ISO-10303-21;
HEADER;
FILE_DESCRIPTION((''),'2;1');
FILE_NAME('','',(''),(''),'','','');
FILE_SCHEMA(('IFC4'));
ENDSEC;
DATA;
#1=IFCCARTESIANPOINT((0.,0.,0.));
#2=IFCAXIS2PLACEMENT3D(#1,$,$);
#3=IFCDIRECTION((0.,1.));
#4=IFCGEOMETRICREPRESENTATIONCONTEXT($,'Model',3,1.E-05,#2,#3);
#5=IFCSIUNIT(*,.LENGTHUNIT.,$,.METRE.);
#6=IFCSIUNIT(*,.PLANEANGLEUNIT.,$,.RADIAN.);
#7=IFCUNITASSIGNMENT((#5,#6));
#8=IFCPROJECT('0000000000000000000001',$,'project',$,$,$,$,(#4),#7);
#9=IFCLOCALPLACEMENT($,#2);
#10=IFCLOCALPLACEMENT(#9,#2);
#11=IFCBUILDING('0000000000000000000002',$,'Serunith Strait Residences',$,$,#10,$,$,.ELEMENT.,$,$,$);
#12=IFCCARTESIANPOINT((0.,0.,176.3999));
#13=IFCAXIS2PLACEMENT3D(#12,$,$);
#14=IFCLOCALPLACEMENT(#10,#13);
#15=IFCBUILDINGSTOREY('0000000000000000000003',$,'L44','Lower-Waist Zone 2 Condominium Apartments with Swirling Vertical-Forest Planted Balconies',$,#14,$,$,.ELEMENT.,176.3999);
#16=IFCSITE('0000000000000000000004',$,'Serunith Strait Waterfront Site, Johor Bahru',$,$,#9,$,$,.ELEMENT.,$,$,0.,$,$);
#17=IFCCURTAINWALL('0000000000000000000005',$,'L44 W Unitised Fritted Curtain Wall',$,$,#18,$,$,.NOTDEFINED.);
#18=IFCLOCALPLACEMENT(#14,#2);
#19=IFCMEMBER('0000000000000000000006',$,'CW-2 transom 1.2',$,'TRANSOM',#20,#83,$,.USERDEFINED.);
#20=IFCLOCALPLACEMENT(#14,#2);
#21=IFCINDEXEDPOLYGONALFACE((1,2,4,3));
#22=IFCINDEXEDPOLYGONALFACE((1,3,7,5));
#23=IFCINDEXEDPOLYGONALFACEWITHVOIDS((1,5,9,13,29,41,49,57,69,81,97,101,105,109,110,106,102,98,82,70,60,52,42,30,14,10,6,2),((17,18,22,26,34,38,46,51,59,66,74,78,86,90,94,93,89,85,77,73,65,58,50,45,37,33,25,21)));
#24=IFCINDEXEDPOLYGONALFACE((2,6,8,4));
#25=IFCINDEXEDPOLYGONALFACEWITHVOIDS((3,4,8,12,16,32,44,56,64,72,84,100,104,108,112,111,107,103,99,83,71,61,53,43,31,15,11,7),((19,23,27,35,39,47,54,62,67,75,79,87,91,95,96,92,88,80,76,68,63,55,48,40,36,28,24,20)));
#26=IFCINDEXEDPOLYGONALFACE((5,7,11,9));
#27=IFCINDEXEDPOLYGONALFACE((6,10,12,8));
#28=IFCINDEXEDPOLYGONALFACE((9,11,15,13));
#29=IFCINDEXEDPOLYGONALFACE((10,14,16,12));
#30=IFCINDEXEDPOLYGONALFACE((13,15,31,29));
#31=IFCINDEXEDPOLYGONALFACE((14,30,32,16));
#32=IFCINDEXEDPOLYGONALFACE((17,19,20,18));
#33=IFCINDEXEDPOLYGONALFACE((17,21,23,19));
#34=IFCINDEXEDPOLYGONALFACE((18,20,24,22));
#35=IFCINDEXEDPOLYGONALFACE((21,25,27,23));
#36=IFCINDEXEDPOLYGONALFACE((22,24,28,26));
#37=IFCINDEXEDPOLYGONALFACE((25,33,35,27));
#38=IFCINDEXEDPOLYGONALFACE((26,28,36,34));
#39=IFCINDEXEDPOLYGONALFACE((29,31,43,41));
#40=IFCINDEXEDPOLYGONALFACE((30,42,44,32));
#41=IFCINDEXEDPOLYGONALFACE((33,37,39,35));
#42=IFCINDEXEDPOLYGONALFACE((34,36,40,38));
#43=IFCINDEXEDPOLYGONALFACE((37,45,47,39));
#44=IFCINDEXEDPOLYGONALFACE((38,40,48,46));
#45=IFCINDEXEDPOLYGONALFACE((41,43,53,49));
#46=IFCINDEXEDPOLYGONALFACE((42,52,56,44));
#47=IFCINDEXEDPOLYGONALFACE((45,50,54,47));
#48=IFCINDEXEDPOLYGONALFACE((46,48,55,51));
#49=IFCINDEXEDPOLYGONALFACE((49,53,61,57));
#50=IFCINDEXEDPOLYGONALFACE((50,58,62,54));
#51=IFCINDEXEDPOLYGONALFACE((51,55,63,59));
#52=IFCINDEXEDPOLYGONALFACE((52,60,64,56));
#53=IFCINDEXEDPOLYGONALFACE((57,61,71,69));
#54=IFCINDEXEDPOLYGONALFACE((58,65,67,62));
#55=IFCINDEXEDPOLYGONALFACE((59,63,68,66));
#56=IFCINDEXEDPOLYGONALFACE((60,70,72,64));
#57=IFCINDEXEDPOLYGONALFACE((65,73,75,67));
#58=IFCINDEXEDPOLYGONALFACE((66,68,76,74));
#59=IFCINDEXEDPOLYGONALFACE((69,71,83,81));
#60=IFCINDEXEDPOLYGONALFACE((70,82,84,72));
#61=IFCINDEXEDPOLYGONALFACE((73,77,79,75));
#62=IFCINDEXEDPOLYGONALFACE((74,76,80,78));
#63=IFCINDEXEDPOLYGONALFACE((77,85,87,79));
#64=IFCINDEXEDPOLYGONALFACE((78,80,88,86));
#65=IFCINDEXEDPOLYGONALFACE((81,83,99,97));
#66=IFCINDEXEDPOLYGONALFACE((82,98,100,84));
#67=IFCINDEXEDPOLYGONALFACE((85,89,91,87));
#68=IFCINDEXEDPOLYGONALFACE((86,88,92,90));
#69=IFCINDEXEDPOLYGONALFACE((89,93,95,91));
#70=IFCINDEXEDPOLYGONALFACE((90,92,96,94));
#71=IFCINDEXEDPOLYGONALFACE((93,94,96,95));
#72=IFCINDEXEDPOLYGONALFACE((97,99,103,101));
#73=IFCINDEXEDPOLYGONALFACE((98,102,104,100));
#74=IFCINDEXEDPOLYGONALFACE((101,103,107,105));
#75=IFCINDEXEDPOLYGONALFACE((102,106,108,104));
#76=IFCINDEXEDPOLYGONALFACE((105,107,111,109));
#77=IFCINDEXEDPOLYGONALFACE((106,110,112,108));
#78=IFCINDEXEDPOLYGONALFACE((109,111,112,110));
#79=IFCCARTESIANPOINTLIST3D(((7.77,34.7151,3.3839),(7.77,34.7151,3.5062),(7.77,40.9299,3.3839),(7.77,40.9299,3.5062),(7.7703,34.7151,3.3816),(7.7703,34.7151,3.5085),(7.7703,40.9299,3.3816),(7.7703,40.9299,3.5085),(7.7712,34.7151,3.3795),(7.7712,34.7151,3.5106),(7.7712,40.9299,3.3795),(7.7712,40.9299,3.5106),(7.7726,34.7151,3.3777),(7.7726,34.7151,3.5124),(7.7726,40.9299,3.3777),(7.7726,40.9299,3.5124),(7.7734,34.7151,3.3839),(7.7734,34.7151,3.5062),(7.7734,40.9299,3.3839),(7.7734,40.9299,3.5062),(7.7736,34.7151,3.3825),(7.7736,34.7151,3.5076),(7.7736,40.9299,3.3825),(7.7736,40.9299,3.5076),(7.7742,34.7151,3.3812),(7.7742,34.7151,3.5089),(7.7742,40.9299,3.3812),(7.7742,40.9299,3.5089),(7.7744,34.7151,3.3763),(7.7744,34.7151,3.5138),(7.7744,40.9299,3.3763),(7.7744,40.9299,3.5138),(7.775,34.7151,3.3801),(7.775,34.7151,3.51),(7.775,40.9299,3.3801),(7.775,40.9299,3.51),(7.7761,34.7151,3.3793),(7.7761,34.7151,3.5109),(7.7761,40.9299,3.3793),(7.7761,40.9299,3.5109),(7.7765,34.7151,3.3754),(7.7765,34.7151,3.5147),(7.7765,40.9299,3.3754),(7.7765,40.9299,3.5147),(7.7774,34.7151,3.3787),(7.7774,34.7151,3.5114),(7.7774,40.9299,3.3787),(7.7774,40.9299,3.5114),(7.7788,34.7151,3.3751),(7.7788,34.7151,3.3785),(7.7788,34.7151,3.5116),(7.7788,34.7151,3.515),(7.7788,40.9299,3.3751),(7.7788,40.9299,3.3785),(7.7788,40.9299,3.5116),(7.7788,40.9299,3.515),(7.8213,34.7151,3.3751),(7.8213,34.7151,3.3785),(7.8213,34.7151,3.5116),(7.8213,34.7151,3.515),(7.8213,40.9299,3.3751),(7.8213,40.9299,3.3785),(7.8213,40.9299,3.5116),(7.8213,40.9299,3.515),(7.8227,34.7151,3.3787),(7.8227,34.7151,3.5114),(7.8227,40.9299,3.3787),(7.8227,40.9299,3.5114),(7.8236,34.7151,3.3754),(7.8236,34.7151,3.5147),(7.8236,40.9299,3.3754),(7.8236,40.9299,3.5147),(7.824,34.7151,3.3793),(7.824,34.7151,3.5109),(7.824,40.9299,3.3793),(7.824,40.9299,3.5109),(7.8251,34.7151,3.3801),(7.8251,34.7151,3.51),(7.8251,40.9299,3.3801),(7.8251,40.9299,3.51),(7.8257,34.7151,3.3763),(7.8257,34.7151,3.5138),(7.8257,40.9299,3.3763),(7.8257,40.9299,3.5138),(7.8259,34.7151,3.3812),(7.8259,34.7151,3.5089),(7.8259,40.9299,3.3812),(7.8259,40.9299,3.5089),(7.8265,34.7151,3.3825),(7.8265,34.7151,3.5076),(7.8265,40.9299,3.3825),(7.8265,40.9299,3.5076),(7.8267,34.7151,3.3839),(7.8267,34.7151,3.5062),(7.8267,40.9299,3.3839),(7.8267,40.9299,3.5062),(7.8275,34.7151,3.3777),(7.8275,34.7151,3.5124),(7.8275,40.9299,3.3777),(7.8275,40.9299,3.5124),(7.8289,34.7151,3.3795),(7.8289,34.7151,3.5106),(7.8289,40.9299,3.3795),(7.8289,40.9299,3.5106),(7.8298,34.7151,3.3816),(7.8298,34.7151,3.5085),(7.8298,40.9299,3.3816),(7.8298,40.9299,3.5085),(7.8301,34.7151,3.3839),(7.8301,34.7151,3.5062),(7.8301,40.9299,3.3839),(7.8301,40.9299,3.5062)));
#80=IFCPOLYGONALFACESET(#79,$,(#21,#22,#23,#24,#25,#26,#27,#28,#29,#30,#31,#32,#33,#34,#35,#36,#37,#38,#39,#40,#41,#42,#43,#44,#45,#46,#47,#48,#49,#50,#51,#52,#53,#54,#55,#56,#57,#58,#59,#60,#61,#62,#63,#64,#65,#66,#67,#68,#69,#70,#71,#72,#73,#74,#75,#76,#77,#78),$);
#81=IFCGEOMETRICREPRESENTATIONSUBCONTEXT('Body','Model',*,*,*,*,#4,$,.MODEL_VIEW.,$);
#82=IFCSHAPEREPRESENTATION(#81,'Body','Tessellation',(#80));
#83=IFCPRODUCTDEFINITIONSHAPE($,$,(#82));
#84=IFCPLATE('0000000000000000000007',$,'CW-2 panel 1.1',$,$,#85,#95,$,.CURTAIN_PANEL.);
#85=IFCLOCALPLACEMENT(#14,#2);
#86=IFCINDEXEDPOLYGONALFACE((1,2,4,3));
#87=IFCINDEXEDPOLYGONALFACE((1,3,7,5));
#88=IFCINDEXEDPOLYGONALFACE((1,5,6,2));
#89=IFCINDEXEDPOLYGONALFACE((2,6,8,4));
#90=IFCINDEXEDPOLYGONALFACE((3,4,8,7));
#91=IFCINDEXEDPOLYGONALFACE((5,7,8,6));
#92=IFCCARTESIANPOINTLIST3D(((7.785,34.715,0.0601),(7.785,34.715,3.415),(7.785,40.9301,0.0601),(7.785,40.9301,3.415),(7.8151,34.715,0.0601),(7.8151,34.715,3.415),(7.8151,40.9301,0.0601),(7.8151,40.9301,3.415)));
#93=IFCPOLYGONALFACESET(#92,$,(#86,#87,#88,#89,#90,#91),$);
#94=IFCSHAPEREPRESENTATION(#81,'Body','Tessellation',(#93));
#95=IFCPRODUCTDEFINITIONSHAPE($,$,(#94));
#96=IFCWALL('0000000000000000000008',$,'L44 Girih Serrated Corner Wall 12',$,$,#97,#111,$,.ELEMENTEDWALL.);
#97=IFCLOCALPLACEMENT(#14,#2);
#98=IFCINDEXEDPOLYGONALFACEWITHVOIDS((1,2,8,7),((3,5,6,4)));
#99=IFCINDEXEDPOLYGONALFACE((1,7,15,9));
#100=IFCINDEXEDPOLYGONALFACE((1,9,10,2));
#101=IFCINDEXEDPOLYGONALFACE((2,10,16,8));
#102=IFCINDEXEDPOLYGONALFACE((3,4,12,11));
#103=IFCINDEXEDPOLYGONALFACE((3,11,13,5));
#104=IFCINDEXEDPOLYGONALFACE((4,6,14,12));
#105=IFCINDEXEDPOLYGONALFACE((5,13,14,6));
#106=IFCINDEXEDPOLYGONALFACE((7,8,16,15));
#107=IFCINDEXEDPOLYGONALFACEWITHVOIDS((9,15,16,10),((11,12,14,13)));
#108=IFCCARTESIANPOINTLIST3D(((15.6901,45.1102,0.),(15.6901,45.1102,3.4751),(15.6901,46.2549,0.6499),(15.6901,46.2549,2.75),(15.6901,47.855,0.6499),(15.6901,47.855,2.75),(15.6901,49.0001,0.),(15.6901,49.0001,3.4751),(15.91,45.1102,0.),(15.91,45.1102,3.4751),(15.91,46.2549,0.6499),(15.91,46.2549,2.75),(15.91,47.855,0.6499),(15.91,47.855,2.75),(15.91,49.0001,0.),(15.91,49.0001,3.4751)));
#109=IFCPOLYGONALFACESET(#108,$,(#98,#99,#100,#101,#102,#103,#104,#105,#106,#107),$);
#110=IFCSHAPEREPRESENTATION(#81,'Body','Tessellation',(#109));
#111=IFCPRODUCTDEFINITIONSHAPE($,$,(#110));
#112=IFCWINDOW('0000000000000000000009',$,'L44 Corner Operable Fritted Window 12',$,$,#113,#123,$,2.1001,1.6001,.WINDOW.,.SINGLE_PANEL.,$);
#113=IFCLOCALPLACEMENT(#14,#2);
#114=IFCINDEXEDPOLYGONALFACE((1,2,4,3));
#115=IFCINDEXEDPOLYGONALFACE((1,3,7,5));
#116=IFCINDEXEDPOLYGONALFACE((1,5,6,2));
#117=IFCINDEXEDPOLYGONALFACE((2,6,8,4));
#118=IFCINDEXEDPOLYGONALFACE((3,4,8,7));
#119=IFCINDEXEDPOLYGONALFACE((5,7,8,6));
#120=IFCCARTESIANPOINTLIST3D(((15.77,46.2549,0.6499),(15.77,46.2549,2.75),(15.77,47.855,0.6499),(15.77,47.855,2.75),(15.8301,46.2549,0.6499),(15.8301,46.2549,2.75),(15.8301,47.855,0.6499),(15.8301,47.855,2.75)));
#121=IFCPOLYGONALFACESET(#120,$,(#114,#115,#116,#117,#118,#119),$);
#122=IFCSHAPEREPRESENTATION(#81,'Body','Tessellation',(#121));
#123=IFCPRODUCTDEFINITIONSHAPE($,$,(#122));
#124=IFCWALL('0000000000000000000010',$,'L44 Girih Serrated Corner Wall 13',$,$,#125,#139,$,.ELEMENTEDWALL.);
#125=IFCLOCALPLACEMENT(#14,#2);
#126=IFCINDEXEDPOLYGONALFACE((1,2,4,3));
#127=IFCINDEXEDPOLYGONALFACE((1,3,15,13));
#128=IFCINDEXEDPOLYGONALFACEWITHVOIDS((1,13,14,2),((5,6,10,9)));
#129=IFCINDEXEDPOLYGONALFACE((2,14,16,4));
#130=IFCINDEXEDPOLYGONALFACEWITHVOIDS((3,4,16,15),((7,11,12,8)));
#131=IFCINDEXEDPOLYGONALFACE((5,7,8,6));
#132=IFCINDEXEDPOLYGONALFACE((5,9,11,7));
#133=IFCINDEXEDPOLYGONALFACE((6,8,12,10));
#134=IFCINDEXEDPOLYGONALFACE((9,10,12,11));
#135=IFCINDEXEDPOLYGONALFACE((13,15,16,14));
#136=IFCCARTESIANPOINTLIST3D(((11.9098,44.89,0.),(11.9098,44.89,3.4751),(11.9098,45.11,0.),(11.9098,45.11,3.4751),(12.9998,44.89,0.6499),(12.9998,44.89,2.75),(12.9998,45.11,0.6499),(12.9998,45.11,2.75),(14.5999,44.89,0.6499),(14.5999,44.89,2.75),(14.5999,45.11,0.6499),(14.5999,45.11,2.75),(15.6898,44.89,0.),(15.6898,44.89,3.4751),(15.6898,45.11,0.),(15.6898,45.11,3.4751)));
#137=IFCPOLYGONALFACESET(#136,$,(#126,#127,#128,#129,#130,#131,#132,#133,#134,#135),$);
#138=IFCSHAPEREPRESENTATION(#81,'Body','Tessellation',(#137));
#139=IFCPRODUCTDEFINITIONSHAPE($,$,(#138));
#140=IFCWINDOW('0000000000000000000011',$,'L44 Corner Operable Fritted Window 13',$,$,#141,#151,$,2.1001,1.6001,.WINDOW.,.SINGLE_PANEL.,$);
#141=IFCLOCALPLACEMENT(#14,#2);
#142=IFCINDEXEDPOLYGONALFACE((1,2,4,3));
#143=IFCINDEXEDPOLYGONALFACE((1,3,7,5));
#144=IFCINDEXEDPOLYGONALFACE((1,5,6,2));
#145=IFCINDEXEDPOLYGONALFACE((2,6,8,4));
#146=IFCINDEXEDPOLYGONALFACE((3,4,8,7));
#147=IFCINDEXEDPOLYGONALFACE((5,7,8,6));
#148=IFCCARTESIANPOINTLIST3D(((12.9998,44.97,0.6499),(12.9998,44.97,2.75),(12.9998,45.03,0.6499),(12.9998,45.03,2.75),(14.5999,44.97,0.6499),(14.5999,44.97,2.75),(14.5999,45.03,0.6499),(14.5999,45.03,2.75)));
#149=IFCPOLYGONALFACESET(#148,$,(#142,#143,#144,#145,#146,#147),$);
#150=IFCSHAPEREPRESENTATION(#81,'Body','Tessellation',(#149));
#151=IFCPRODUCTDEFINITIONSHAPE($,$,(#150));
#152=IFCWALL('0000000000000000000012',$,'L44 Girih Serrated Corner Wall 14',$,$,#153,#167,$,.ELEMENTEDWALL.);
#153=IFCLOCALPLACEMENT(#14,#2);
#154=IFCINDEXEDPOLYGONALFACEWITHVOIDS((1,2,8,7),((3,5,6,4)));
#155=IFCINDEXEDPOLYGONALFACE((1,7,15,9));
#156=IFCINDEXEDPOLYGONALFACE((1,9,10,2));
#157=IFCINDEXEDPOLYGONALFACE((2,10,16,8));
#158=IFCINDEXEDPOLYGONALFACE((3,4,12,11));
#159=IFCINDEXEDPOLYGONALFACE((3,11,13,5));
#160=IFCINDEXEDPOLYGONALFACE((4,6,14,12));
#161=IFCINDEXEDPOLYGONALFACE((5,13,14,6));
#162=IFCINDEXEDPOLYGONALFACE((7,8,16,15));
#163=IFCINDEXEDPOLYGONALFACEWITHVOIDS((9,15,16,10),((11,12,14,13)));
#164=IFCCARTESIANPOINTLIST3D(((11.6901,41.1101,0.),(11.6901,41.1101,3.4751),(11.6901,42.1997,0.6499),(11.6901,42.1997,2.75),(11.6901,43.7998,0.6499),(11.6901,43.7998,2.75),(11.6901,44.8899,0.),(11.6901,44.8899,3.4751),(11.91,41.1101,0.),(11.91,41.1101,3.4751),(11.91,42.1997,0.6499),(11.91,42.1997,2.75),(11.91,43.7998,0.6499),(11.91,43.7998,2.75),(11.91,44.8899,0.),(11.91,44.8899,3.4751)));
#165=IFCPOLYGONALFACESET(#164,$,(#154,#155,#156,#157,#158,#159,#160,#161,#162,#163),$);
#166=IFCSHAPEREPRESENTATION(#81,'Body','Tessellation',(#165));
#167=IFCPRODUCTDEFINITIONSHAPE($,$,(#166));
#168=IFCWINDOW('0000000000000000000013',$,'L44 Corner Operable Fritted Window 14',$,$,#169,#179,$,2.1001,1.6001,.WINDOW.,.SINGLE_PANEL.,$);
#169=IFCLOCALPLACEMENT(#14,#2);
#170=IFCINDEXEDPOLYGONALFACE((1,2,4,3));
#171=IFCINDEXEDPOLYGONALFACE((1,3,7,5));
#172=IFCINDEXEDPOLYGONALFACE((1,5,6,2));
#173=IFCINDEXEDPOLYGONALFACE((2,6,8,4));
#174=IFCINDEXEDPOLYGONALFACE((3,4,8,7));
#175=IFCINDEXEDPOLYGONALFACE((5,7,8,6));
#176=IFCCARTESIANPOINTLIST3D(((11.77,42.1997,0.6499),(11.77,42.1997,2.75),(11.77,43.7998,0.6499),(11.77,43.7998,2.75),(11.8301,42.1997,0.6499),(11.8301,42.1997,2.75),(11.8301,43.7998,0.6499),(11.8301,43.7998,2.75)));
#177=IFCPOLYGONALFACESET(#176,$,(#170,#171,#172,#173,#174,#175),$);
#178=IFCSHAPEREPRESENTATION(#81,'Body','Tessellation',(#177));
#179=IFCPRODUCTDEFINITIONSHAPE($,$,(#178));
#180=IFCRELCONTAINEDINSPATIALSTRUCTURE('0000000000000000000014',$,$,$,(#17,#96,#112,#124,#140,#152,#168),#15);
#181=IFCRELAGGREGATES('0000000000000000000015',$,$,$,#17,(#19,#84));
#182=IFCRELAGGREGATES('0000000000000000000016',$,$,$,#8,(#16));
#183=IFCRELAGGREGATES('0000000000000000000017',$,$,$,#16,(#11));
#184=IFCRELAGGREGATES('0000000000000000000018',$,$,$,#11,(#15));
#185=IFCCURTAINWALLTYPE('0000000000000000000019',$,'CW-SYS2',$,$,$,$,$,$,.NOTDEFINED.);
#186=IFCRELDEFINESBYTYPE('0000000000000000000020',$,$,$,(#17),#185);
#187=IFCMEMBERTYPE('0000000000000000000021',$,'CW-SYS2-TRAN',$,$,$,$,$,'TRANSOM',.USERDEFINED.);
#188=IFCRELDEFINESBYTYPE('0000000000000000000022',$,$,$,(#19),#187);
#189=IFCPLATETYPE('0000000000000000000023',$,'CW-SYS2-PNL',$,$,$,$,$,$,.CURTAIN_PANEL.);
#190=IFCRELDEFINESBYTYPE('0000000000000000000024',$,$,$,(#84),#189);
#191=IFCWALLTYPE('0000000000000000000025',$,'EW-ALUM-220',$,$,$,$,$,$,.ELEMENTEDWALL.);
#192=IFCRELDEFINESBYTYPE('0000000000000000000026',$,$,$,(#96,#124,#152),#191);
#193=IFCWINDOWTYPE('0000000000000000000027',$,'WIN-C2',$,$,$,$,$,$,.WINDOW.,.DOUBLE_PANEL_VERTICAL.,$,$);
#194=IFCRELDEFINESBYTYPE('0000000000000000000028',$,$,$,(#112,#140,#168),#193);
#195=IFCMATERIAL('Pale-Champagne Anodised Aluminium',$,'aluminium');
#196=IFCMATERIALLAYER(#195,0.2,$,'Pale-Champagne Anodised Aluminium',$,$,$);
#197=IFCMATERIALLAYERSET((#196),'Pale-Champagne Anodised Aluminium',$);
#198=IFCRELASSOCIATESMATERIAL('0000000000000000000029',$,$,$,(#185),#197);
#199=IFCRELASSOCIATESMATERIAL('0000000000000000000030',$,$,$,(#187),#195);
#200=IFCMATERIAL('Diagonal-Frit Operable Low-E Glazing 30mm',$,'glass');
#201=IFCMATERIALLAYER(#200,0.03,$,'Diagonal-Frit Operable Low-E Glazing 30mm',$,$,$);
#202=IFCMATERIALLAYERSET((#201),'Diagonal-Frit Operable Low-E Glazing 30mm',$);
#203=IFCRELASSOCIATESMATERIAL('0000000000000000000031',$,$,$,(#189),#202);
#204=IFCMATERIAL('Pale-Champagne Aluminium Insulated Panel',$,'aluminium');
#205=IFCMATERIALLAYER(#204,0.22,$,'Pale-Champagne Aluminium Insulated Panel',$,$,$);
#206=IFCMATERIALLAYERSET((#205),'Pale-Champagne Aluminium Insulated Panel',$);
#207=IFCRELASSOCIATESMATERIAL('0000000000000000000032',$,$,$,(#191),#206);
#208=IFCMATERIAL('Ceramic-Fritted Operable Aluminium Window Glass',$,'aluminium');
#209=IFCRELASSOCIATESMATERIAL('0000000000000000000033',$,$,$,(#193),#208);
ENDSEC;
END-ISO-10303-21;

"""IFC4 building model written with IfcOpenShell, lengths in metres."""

from ifc_helpers import new_model, si_unit, direction, frame, frame_2d, origin, origin_2d, place, context, subcontext, project, spatial, rectangle, hollow_rectangle, extrude, source, transform, mapped, material, layer, layer_set, material_profile, profile_set, type_object, element, fill, aggregate, save


model = new_model("IFC4")

# Units and contexts
model_context = context("Model", 3, precision=1e-05, world=origin(), true_north=direction((0.0, 1.0)))
body_context = subcontext(model_context, "Body", "Model", "MODEL_VIEW")
ifc_project = project(units=[si_unit("LENGTHUNIT", "METRE"), si_unit("PLANEANGLEUNIT", "RADIAN")], contexts=[model_context])

# Site, building, storey
site_placement = place(None, origin())
site = spatial("IfcSite", under=ifc_project, at=site_placement, Name="Serunith Strait Waterfront Site, Johor Bahru", CompositionType="ELEMENT", RefElevation=0.0)
building_placement = place(site_placement, origin())
building = spatial("IfcBuilding", under=site, at=building_placement, Name="Serunith Strait Residences", CompositionType="ELEMENT")
storey_placement = place(building_placement, frame((0.0, 0.0, 176.3999)))
storey = spatial("IfcBuildingStorey", under=building, at=storey_placement, Name="L44", Description="Lower-Waist Zone 2 Condominium Apartments with Swirling Vertical-Forest Planted Balconies", CompositionType="ELEMENT", Elevation=176.3999)

# Shared definitions
ifc_material_1 = material(Name="Pale-Champagne Anodised Aluminium", Category="aluminium")
ifc_layer_1 = layer(ifc_material_1, 0.2, Name="Pale-Champagne Anodised Aluminium")
ifc_layer_set_1 = layer_set([ifc_layer_1], Name="Pale-Champagne Anodised Aluminium")
curtain_wall_type = type_object("IfcCurtainWallType", Name="CW-SYS2", PredefinedType="NOTDEFINED", material=ifc_layer_set_1)

# Curtain wall, member, plate
curtain_wall_1_placement = place(storey_placement, origin())
curtain_wall_1 = element("IfcCurtainWall", 1, at=curtain_wall_1_placement, inside=storey, type_object=curtain_wall_type, Name="L44 W Unitised Fritted Curtain Wall", PredefinedType="NOTDEFINED")
ifc_material_profile_1 = material_profile(ifc_material_1, hollow_rectangle(XDim=0.0601, YDim=0.1399, WallThickness=0.0034, InnerFilletRadius=0.0054, OuterFilletRadius=0.0088, at=origin_2d()), Name="ALU 140x60x3.5")
ifc_profile_set_1 = profile_set([ifc_material_profile_1], Name="Pale-Champagne Anodised Aluminium")
member_type_1 = type_object("IfcMemberType", Name="CW-SYS2-TRAN", ElementType="TRANSOM", PredefinedType="USERDEFINED", material=ifc_profile_set_1)
shared_shape_1 = source(origin(), body_context, "Body", "SweptSolid", [
    extrude(hollow_rectangle(XDim=0.0601, YDim=0.1399, WallThickness=0.0034, InnerFilletRadius=0.0054, OuterFilletRadius=0.0088, at=origin_2d()), origin(), (0.0, 0.0, 1.0), 6.2148),
])
member_1_placement = place(storey_placement, frame((7.8, 40.9299, 3.4451), z_axis=(0.0, -1.0, 0.0), x_axis=(1.0, 0.0, 0.0)))
member_1 = element("IfcMember", 2, at=member_1_placement, type_object=member_type_1, Name="CW-2 transom 1.2", ObjectType="TRANSOM", PredefinedType="USERDEFINED", context=body_context, shape_type="MappedRepresentation", body=[
    mapped(shared_shape_1, transform((0.0, 0.0, 0.0), scale=1.0)),
])
ifc_material_2 = material(Name="Diagonal-Frit Operable Low-E Glazing 30mm", Category="glass")
ifc_layer_2 = layer(ifc_material_2, 0.03, Name="Diagonal-Frit Operable Low-E Glazing 30mm")
ifc_layer_set_2 = layer_set([ifc_layer_2], Name="Diagonal-Frit Operable Low-E Glazing 30mm")
plate_type = type_object("IfcPlateType", Name="CW-SYS2-PNL", PredefinedType="CURTAIN_PANEL", material=ifc_layer_set_2)
shared_shape_2 = source(origin(), body_context, "Body", "SweptSolid", [
    extrude(rectangle(XDim=6.2151, YDim=0.03, at=origin_2d()), origin(), (0.0, 0.0, 1.0), 3.355),
])
plate_placement = place(storey_placement, frame((7.8, 37.8225, 0.0601), z_axis=(0.0, 0.0, 1.0), x_axis=(0.0, -1.0, 0.0)))
plate = element("IfcPlate", 3, at=plate_placement, type_object=plate_type, Name="CW-2 panel 1.1", PredefinedType="CURTAIN_PANEL", context=body_context, shape_type="MappedRepresentation", body=[
    mapped(shared_shape_2, transform((0.0, 0.0, 0.0), scale=1.0)),
])
aggregate(curtain_wall_1, [member_1, plate])

# Walls, openings, windows
ifc_material_3 = material(Name="Pale-Champagne Aluminium Insulated Panel", Category="aluminium")
ifc_layer_3 = layer(ifc_material_3, 0.22, Name="Pale-Champagne Aluminium Insulated Panel")
ifc_layer_set_3 = layer_set([ifc_layer_3], Name="Pale-Champagne Aluminium Insulated Panel")
wall_type_1 = type_object("IfcWallType", Name="EW-ALUM-220", PredefinedType="ELEMENTEDWALL", material=ifc_layer_set_3)
wall_1_placement = place(storey_placement, frame((15.8, 49.0, 0.0), z_axis=(0.0, 0.0, 1.0), x_axis=(0.0, -1.0, 0.0)))
wall_1 = element("IfcWall", 4, at=wall_1_placement, inside=storey, type_object=wall_type_1, Name="L44 Girih Serrated Corner Wall 12", PredefinedType="ELEMENTEDWALL", context=body_context, shape_type="SweptSolid", body=[
    extrude(rectangle(XDim=3.8899, YDim=0.22, at=frame_2d((1.9448, 0.0))), origin(), (0.0, 0.0, 1.0), 3.4751),
])
opening_1_placement = place(wall_1_placement, frame((1.145, 0.0, 0.6499)))
opening_1 = element("IfcOpeningElement", 5, at=opening_1_placement, cuts=wall_1, PredefinedType="OPENING", context=body_context, shape_type="SweptSolid", body=[
    extrude(rectangle(XDim=1.6001, YDim=2.1001, at=frame_2d((0.8, 1.05))), frame((0.0, 0.1201, 0.0), z_axis=(0.0, -1.0, 0.0), x_axis=(1.0, 0.0, 0.0)), (0.0, 0.0, 1.0), 0.24),
])
ifc_material_4 = material(Name="Ceramic-Fritted Operable Aluminium Window Glass", Category="aluminium")
window_type = type_object("IfcWindowType", Name="WIN-C2", PartitioningType="DOUBLE_PANEL_VERTICAL", PredefinedType="WINDOW", material=ifc_material_4)
shared_shape_3 = source(origin(), body_context, "Body", "SweptSolid", [
    extrude(rectangle(XDim=1.6001, YDim=2.1001, at=frame_2d((0.8, 1.05))), frame((0.0, 0.03, 0.0), z_axis=(0.0, -1.0, 0.0), x_axis=(1.0, 0.0, 0.0)), (0.0, 0.0, 1.0), 0.0601),
])
window_1_placement = place(opening_1_placement, origin())
window_1 = element("IfcWindow", 6, at=window_1_placement, inside=storey, type_object=window_type, Name="L44 Corner Operable Fritted Window 12", OverallHeight=2.1001, OverallWidth=1.6001, PartitioningType="SINGLE_PANEL", PredefinedType="WINDOW", context=body_context, shape_type="MappedRepresentation", body=[
    mapped(shared_shape_3, transform((0.0, 0.0, 0.0), scale=1.0)),
])
fill(opening_1, window_1)
wall_2_placement = place(storey_placement, frame((15.6899, 45.0, 0.0), z_axis=(0.0, 0.0, 1.0), x_axis=(-1.0, 0.0, 0.0)))
wall_2 = element("IfcWall", 7, at=wall_2_placement, inside=storey, type_object=wall_type_1, Name="L44 Girih Serrated Corner Wall 13", PredefinedType="ELEMENTEDWALL", context=body_context, shape_type="SweptSolid", body=[
    extrude(rectangle(XDim=3.78, YDim=0.22, at=frame_2d((1.8901, 0.0))), origin(), (0.0, 0.0, 1.0), 3.4751),
])
opening_2_placement = place(wall_2_placement, frame((1.0901, 0.0, 0.6499)))
opening_2 = element("IfcOpeningElement", 8, at=opening_2_placement, cuts=wall_2, PredefinedType="OPENING", context=body_context, shape_type="SweptSolid", body=[
    extrude(rectangle(XDim=1.6001, YDim=2.1001, at=frame_2d((0.8, 1.05))), frame((0.0, 0.1201, 0.0), z_axis=(0.0, -1.0, 0.0), x_axis=(1.0, 0.0, 0.0)), (0.0, 0.0, 1.0), 0.24),
])
window_2_placement = place(opening_2_placement, origin())
window_2 = element("IfcWindow", 9, at=window_2_placement, inside=storey, type_object=window_type, Name="L44 Corner Operable Fritted Window 13", OverallHeight=2.1001, OverallWidth=1.6001, PartitioningType="SINGLE_PANEL", PredefinedType="WINDOW", context=body_context, shape_type="MappedRepresentation", body=[
    mapped(shared_shape_3, transform((0.0, 0.0, 0.0), scale=1.0)),
])
fill(opening_2, window_2)
wall_3_placement = place(storey_placement, frame((11.8, 44.8899, 0.0), z_axis=(0.0, 0.0, 1.0), x_axis=(0.0, -1.0, 0.0)))
wall_3 = element("IfcWall", 10, at=wall_3_placement, inside=storey, type_object=wall_type_1, Name="L44 Girih Serrated Corner Wall 14", PredefinedType="ELEMENTEDWALL", context=body_context, shape_type="SweptSolid", body=[
    extrude(rectangle(XDim=3.7798, YDim=0.22, at=frame_2d((1.8899, 0.0))), origin(), (0.0, 0.0, 1.0), 3.4751),
])
opening_3_placement = place(wall_3_placement, frame((1.0901, 0.0, 0.6499)))
opening_3 = element("IfcOpeningElement", 11, at=opening_3_placement, cuts=wall_3, PredefinedType="OPENING", context=body_context, shape_type="SweptSolid", body=[
    extrude(rectangle(XDim=1.6001, YDim=2.1001, at=frame_2d((0.8, 1.05))), frame((0.0, 0.1201, 0.0), z_axis=(0.0, -1.0, 0.0), x_axis=(1.0, 0.0, 0.0)), (0.0, 0.0, 1.0), 0.24),
])
window_3_placement = place(opening_3_placement, origin())
window_3 = element("IfcWindow", 12, at=window_3_placement, inside=storey, type_object=window_type, Name="L44 Corner Operable Fritted Window 14", OverallHeight=2.1001, OverallWidth=1.6001, PartitioningType="SINGLE_PANEL", PredefinedType="WINDOW", context=body_context, shape_type="MappedRepresentation", body=[
    mapped(shared_shape_3, transform((0.0, 0.0, 0.0), scale=1.0)),
])
fill(opening_3, window_3)

save(model, "model.ifc")
